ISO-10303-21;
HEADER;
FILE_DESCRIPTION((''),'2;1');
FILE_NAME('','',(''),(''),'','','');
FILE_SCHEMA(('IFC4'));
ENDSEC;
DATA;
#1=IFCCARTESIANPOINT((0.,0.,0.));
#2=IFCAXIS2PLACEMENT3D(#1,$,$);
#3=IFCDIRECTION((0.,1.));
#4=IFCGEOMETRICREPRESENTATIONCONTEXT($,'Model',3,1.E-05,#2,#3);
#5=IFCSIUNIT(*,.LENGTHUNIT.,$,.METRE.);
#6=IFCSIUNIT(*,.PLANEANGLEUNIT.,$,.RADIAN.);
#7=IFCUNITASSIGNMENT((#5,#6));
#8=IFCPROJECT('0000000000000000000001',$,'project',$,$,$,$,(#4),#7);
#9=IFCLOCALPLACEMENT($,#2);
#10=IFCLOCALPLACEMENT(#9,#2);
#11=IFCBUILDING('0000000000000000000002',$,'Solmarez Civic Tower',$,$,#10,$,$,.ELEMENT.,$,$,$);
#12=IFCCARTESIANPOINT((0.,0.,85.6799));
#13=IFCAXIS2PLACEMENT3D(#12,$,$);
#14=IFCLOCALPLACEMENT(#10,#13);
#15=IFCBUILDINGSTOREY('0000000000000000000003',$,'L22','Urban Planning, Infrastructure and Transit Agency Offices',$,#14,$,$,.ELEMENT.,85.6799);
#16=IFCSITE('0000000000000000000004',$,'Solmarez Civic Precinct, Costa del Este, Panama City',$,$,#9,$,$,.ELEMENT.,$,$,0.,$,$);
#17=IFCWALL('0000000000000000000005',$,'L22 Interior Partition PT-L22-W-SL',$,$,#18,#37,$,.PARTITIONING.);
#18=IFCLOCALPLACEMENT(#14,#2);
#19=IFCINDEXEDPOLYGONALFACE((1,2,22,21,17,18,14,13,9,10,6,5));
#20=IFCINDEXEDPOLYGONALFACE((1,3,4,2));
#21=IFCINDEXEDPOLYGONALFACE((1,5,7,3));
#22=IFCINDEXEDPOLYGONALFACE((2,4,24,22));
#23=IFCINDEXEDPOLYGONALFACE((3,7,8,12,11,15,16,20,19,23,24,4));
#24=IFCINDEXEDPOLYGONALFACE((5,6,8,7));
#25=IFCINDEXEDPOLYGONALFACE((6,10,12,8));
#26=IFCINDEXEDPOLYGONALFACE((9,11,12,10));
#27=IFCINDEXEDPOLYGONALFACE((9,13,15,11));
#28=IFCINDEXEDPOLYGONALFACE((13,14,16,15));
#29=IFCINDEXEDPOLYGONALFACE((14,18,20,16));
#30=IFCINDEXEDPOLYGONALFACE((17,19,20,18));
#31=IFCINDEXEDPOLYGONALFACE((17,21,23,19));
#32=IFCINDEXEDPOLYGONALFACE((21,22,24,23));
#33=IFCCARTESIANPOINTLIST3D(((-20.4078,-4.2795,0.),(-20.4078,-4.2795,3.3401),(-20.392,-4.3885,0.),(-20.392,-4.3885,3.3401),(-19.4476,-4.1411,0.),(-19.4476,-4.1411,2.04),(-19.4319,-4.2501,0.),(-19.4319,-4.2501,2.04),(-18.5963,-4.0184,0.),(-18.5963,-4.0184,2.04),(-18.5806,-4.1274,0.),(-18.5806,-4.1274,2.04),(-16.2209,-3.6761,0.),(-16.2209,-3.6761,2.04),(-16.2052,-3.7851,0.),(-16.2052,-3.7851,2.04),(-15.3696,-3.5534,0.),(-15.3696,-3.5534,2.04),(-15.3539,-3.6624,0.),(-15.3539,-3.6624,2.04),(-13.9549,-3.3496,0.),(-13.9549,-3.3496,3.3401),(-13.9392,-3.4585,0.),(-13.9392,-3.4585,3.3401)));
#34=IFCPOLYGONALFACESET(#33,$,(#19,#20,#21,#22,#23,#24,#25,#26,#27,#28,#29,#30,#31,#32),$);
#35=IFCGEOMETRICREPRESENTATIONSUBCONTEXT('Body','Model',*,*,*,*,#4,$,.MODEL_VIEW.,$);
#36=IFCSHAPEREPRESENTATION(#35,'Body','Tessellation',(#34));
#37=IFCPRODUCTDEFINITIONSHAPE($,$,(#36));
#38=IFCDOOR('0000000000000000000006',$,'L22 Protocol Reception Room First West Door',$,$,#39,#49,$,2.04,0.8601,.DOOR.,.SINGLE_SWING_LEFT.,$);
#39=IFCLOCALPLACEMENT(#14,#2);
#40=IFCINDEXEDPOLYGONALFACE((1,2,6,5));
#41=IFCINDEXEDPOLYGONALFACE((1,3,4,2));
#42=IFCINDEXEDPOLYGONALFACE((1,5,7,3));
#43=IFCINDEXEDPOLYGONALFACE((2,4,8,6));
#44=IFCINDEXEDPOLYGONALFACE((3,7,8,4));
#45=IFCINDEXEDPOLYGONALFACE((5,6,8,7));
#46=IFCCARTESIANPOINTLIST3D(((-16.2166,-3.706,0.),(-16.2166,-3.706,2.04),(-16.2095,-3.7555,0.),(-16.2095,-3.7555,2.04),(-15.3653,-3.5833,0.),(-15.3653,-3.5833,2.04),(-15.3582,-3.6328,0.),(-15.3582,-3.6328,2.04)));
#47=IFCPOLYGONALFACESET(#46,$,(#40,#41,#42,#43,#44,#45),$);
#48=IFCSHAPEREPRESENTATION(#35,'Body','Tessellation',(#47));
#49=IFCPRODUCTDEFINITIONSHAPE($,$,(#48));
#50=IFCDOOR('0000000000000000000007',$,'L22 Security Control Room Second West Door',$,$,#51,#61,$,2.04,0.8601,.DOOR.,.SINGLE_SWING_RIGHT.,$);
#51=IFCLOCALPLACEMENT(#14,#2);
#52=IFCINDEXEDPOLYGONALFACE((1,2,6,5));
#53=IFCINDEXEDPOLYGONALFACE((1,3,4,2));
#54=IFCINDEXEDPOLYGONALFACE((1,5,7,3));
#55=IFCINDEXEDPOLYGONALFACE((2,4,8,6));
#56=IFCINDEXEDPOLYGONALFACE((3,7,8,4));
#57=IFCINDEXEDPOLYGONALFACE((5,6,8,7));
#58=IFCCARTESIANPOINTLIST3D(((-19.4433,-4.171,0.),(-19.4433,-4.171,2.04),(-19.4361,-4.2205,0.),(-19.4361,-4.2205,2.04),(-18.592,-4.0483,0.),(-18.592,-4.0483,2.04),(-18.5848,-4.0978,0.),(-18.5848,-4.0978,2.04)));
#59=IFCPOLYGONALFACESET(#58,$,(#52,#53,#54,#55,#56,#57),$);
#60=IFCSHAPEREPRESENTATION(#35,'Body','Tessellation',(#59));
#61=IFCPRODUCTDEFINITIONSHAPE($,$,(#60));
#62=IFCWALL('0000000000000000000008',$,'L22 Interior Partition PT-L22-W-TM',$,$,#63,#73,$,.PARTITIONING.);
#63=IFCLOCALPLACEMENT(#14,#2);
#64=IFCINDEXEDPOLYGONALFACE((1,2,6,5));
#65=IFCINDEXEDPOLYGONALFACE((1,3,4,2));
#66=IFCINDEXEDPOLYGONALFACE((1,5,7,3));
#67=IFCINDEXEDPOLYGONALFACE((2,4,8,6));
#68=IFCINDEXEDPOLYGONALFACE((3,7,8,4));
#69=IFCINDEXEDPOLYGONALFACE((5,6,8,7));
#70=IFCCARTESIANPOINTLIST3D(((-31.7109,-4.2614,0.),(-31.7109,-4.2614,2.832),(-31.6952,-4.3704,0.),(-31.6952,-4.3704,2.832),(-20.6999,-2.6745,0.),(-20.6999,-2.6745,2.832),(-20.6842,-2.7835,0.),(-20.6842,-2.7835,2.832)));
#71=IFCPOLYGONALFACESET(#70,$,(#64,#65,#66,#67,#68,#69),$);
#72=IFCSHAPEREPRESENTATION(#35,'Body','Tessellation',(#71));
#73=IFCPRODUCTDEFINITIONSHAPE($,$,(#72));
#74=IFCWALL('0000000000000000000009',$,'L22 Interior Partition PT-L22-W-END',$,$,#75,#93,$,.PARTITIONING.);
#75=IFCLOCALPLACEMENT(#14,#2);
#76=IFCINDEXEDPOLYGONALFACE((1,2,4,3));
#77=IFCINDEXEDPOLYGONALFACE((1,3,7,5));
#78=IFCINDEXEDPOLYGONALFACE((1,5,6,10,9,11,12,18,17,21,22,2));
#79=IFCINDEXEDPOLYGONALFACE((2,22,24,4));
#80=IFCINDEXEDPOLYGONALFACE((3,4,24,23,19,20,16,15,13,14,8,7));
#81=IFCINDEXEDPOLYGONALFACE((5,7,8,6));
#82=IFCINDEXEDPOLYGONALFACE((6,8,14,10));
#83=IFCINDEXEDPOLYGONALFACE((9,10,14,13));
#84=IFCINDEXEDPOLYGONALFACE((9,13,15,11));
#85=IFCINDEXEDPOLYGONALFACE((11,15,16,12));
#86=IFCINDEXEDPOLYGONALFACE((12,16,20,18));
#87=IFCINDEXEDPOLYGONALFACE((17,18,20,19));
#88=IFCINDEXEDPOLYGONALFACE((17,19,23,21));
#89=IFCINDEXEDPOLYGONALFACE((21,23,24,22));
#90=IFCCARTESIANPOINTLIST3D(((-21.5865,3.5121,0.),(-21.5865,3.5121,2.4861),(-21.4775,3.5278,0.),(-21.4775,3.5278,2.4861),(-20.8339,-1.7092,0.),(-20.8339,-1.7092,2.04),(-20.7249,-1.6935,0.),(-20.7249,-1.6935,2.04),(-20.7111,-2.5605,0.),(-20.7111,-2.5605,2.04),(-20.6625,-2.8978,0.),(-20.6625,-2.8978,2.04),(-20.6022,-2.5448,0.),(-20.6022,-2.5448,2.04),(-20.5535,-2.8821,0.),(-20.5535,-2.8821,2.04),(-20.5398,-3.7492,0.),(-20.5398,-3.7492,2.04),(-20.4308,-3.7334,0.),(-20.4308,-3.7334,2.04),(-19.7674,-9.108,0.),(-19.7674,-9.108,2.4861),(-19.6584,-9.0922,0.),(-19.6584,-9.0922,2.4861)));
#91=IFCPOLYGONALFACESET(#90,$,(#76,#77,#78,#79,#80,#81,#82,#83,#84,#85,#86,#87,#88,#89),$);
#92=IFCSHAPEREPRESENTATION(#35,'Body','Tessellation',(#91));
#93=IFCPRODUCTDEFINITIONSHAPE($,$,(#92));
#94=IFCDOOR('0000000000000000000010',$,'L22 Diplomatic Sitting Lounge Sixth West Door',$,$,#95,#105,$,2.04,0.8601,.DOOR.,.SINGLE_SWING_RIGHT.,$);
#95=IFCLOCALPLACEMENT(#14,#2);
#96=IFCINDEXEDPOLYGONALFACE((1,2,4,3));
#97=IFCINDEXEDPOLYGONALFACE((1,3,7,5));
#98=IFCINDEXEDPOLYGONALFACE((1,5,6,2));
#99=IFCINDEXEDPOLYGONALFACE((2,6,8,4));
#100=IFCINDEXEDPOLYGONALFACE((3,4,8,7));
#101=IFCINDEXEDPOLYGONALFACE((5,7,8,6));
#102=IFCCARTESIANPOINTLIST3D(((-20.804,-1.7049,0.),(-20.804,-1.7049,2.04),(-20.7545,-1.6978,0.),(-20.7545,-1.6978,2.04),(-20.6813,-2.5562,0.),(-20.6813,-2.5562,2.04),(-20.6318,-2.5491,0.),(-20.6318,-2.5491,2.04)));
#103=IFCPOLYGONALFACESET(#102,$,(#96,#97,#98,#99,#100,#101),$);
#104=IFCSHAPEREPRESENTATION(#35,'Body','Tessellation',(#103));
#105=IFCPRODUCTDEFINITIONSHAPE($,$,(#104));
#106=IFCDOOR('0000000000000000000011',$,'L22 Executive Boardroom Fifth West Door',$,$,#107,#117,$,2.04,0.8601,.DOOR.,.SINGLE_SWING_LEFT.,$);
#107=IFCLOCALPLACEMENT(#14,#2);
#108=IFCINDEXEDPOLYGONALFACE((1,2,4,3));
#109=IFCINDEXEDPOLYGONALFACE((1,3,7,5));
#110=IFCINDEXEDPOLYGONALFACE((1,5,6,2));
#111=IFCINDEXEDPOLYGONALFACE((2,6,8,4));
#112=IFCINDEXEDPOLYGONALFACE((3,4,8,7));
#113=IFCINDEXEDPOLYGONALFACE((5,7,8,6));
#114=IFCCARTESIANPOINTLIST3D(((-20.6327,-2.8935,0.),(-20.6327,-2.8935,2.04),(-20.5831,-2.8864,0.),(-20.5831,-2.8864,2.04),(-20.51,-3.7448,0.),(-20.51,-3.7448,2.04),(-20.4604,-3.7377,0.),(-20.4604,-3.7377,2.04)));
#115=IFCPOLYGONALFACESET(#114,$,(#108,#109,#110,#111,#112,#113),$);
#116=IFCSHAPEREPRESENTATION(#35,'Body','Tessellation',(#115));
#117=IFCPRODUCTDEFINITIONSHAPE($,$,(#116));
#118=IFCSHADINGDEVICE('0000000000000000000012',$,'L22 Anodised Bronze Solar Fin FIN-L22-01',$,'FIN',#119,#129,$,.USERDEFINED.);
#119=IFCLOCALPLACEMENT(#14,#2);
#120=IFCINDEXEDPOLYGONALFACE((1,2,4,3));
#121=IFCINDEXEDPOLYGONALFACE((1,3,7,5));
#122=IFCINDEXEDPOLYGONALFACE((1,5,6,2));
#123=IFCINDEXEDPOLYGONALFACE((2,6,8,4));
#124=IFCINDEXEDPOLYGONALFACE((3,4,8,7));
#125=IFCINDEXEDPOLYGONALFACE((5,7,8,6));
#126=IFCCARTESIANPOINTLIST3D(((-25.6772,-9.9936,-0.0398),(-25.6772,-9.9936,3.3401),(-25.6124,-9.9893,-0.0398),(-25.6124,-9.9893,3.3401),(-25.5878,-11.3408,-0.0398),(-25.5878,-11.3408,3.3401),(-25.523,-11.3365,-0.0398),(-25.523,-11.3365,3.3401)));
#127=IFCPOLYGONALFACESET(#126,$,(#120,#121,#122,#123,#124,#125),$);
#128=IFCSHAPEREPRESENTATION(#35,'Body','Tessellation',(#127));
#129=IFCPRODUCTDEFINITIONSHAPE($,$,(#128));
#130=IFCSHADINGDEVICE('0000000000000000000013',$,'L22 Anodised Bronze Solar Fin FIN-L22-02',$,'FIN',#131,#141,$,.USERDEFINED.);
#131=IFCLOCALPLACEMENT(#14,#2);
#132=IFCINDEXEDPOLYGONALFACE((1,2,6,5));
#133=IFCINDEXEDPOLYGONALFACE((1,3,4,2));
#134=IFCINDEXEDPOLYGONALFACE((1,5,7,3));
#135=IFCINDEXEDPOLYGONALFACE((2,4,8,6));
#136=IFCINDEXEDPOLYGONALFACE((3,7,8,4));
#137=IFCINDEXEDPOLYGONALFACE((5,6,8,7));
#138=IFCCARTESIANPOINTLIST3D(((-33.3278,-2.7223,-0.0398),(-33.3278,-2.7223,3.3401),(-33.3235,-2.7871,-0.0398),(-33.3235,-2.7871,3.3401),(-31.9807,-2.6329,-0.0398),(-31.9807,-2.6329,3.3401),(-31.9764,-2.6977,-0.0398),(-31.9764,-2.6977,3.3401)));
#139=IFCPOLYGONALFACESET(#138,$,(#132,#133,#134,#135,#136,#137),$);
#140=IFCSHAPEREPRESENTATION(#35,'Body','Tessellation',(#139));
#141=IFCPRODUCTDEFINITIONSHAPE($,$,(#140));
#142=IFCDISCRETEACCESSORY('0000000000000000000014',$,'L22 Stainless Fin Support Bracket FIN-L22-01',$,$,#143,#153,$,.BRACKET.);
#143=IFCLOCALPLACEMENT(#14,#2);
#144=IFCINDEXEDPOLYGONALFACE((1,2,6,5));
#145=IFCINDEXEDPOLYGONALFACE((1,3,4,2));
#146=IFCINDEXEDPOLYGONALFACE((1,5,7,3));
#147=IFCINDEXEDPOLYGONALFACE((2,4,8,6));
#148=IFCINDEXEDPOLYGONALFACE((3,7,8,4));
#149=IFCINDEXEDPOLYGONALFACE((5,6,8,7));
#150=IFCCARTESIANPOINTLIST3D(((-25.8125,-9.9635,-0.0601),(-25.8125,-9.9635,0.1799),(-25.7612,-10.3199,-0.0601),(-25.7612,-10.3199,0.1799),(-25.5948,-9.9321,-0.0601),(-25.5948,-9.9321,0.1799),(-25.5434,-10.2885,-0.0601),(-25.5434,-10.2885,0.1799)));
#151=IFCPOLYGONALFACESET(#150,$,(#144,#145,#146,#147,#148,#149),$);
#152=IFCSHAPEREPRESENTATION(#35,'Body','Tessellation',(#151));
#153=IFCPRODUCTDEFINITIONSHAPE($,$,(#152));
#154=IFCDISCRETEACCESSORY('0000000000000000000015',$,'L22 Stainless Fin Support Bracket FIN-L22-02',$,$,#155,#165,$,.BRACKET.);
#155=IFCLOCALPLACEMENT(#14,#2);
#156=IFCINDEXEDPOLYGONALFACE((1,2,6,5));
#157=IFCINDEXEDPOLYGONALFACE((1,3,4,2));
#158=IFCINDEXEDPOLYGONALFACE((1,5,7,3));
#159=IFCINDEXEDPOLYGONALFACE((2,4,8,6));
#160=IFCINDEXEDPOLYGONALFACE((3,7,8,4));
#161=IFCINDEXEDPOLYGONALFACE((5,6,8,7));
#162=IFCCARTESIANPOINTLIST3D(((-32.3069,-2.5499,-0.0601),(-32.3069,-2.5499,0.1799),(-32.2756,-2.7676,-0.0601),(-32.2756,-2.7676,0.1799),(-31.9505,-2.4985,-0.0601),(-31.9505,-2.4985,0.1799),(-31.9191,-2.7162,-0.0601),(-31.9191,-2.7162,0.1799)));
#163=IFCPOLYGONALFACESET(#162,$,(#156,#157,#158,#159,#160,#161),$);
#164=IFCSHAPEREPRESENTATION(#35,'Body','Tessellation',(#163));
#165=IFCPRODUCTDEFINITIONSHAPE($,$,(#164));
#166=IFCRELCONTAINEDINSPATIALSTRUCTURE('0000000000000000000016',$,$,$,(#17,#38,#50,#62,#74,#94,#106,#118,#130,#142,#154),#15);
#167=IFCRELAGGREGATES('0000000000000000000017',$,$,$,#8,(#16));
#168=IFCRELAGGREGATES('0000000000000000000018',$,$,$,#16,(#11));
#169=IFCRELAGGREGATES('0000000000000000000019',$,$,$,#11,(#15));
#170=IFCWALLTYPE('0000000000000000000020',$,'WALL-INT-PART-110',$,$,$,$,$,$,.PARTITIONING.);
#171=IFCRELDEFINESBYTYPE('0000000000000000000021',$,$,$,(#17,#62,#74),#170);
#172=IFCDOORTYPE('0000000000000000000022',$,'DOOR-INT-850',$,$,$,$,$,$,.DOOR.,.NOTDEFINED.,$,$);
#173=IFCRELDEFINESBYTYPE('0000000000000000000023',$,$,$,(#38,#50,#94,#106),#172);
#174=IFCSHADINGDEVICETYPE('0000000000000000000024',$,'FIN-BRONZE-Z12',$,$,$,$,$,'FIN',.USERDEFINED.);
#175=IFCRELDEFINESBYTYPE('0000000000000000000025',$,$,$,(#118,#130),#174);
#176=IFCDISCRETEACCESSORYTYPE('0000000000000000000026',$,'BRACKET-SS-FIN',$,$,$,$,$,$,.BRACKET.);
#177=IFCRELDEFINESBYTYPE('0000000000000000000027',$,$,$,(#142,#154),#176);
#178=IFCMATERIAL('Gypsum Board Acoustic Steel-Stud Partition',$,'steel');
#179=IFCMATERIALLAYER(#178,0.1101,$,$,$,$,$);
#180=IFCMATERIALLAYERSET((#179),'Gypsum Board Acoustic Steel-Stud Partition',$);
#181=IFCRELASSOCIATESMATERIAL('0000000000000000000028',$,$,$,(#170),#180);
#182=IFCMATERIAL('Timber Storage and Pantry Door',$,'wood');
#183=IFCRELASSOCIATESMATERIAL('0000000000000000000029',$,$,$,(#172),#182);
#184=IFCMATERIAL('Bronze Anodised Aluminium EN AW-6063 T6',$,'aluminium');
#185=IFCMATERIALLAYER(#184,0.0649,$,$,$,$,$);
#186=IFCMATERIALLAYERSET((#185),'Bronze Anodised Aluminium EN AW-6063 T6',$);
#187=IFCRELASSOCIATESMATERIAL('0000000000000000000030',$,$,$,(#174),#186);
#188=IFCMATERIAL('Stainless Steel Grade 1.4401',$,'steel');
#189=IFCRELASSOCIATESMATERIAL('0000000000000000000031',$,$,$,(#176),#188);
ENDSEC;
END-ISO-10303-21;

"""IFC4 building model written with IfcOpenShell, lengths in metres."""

from ifc_helpers import new_model, si_unit, direction, frame, frame_2d, origin, origin_2d, place, context, subcontext, project, spatial, rectangle, extrude, material, layer, layer_set, type_object, element, fill, save


model = new_model("IFC4")

# Units and contexts
model_context = context("Model", 3, precision=1e-05, world=origin(), true_north=direction((0.0, 1.0)))
body_context = subcontext(model_context, "Body", "Model", "MODEL_VIEW")
ifc_project = project(units=[si_unit("LENGTHUNIT", "METRE"), si_unit("PLANEANGLEUNIT", "RADIAN")], contexts=[model_context])

# Site, building, storey
site_placement = place(None, origin())
site = spatial("IfcSite", under=ifc_project, at=site_placement, Name="Solmarez Civic Precinct, Costa del Este, Panama City", CompositionType="ELEMENT", RefElevation=0.0)
building_placement = place(site_placement, origin())
building = spatial("IfcBuilding", under=site, at=building_placement, Name="Solmarez Civic Tower", CompositionType="ELEMENT")
storey_placement = place(building_placement, frame((0.0, 0.0, 85.6799)))
storey = spatial("IfcBuildingStorey", under=building, at=storey_placement, Name="L22", Description="Urban Planning, Infrastructure and Transit Agency Offices", CompositionType="ELEMENT", Elevation=85.6799)

# Shared definitions
ifc_material_1 = material(Name="Gypsum Board Acoustic Steel-Stud Partition", Category="steel")
ifc_layer_1 = layer(ifc_material_1, 0.1101)
ifc_layer_set_1 = layer_set([ifc_layer_1], Name="Gypsum Board Acoustic Steel-Stud Partition")
wall_type_1 = type_object("IfcWallType", Name="WALL-INT-PART-110", PredefinedType="PARTITIONING", material=ifc_layer_set_1)

# Wall, openings, doors
wall_1_placement = place(storey_placement, frame((-20.3999, -4.334, 0.0), z_axis=(0.0, 0.0, 1.0), x_axis=(0.989775, 0.142638, 0.0)))
wall_1 = element("IfcWall", 1, at=wall_1_placement, inside=storey, type_object=wall_type_1, Name="L22 Interior Partition PT-L22-W-SL", PredefinedType="PARTITIONING", context=body_context, shape_type="SweptSolid", body=[
    extrude(rectangle(XDim=6.5195, YDim=0.1101, at=frame_2d((3.2598, 0.0))), origin(), (0.0, 0.0, 1.0), 3.3401),
])
opening_1_placement = place(wall_1_placement, frame((4.23, 0.0, 0.0)))
opening_1 = element("IfcOpeningElement", 2, at=opening_1_placement, cuts=wall_1, PredefinedType="OPENING", context=body_context, shape_type="SweptSolid", body=[
    extrude(rectangle(XDim=0.8601, YDim=2.04, at=frame_2d((0.4302, 1.02))), frame((0.0, 0.0649, 0.0), z_axis=(0.0, -1.0, 0.0), x_axis=(1.0, 0.0, 0.0)), (0.0, 0.0, 1.0), 0.1301),
])
opening_2_placement = place(wall_1_placement, frame((0.97, 0.0, 0.0)))
opening_2 = element("IfcOpeningElement", 3, at=opening_2_placement, cuts=wall_1, PredefinedType="OPENING", context=body_context, shape_type="SweptSolid", body=[
    extrude(rectangle(XDim=0.8601, YDim=2.04, at=frame_2d((0.4302, 1.02))), frame((0.0, 0.0649, 0.0), z_axis=(0.0, -1.0, 0.0), x_axis=(1.0, 0.0, 0.0)), (0.0, 0.0, 1.0), 0.1301),
])
ifc_material_2 = material(Name="Timber Storage and Pantry Door", Category="wood")
door_type = type_object("IfcDoorType", Name="DOOR-INT-850", OperationType="NOTDEFINED", PredefinedType="DOOR", material=ifc_material_2)
door_1_placement = place(opening_1_placement, origin())
door_1 = element("IfcDoor", 4, at=door_1_placement, inside=storey, type_object=door_type, Name="L22 Protocol Reception Room First West Door", OperationType="SINGLE_SWING_LEFT", OverallHeight=2.04, OverallWidth=0.8601, PredefinedType="DOOR", context=body_context, shape_type="SweptSolid", body=[
    extrude(rectangle(XDim=0.8601, YDim=2.04, at=frame_2d((0.4302, 1.02))), frame((0.0, 0.0249, 0.0), z_axis=(0.0, -1.0, 0.0), x_axis=(1.0, 0.0, 0.0)), (0.0, 0.0, 1.0), 0.05),
])
fill(opening_1, door_1)
door_2_placement = place(opening_2_placement, origin())
door_2 = element("IfcDoor", 5, at=door_2_placement, inside=storey, type_object=door_type, Name="L22 Security Control Room Second West Door", OperationType="SINGLE_SWING_RIGHT", OverallHeight=2.04, OverallWidth=0.8601, PredefinedType="DOOR", context=body_context, shape_type="SweptSolid", body=[
    extrude(rectangle(XDim=0.8601, YDim=2.04, at=frame_2d((0.4302, 1.02))), frame((0.0, 0.0249, 0.0), z_axis=(0.0, -1.0, 0.0), x_axis=(1.0, 0.0, 0.0)), (0.0, 0.0, 1.0), 0.05),
])
fill(opening_2, door_2)

# Wall
wall_2_placement = place(storey_placement, frame((-20.6919, -2.729, 0.0), z_axis=(0.0, 0.0, 1.0), x_axis=(-0.989774, -0.142647, 0.0)))
element("IfcWall", 6, at=wall_2_placement, inside=storey, type_object=wall_type_1, Name="L22 Interior Partition PT-L22-W-TM", PredefinedType="PARTITIONING", context=body_context, shape_type="SweptSolid", body=[
    extrude(rectangle(XDim=11.1248, YDim=0.1101, at=frame_2d((5.5625, 0.0))), origin(), (0.0, 0.0, 1.0), 2.832),
])

# Wall, openings, doors
wall_3_placement = place(storey_placement, frame((-19.7129, -9.1001, 0.0), z_axis=(0.0, 0.0, 1.0), x_axis=(-0.142668, 0.989771, 0.0)))
wall_3 = element("IfcWall", 7, at=wall_3_placement, inside=storey, type_object=wall_type_1, Name="L22 Interior Partition PT-L22-W-END", PredefinedType="PARTITIONING", context=body_context, shape_type="SweptSolid", body=[
    extrude(rectangle(XDim=12.7505, YDim=0.1101, at=frame_2d((6.3752, 0.0))), origin(), (0.0, 0.0, 1.0), 2.4861),
])
opening_3_placement = place(wall_3_placement, frame((6.615, 0.0, 0.0)))
opening_3 = element("IfcOpeningElement", 8, at=opening_3_placement, cuts=wall_3, PredefinedType="OPENING", context=body_context, shape_type="SweptSolid", body=[
    extrude(rectangle(XDim=0.8601, YDim=2.04, at=frame_2d((0.4302, 1.02))), frame((0.0, 0.0649, 0.0), z_axis=(0.0, -1.0, 0.0), x_axis=(1.0, 0.0, 0.0)), (0.0, 0.0, 1.0), 0.1301),
])
opening_4_placement = place(wall_3_placement, frame((5.4141, 0.0, 0.0)))
opening_4 = element("IfcOpeningElement", 9, at=opening_4_placement, cuts=wall_3, PredefinedType="OPENING", context=body_context, shape_type="SweptSolid", body=[
    extrude(rectangle(XDim=0.8601, YDim=2.04, at=frame_2d((0.4302, 1.02))), frame((0.0, 0.0649, 0.0), z_axis=(0.0, -1.0, 0.0), x_axis=(1.0, 0.0, 0.0)), (0.0, 0.0, 1.0), 0.1301),
])
door_3_placement = place(opening_3_placement, origin())
door_3 = element("IfcDoor", 10, at=door_3_placement, inside=storey, type_object=door_type, Name="L22 Diplomatic Sitting Lounge Sixth West Door", OperationType="SINGLE_SWING_RIGHT", OverallHeight=2.04, OverallWidth=0.8601, PredefinedType="DOOR", context=body_context, shape_type="SweptSolid", body=[
    extrude(rectangle(XDim=0.8601, YDim=2.04, at=frame_2d((0.4302, 1.02))), frame((0.0, 0.0249, 0.0), z_axis=(0.0, -1.0, 0.0), x_axis=(1.0, 0.0, 0.0)), (0.0, 0.0, 1.0), 0.05),
])
fill(opening_3, door_3)
door_4_placement = place(opening_4_placement, origin())
door_4 = element("IfcDoor", 11, at=door_4_placement, inside=storey, type_object=door_type, Name="L22 Executive Boardroom Fifth West Door", OperationType="SINGLE_SWING_LEFT", OverallHeight=2.04, OverallWidth=0.8601, PredefinedType="DOOR", context=body_context, shape_type="SweptSolid", body=[
    extrude(rectangle(XDim=0.8601, YDim=2.04, at=frame_2d((0.4302, 1.02))), frame((0.0, 0.0249, 0.0), z_axis=(0.0, -1.0, 0.0), x_axis=(1.0, 0.0, 0.0)), (0.0, 0.0, 1.0), 0.05),
])
fill(opening_4, door_4)

# Shading devices
ifc_material_3 = material(Name="Bronze Anodised Aluminium EN AW-6063 T6", Category="aluminium")
ifc_layer_2 = layer(ifc_material_3, 0.0649)
ifc_layer_set_2 = layer_set([ifc_layer_2], Name="Bronze Anodised Aluminium EN AW-6063 T6")
shading_device_type = type_object("IfcShadingDeviceType", Name="FIN-BRONZE-Z12", ElementType="FIN", PredefinedType="USERDEFINED", material=ifc_layer_set_2)
for number, where, z_axis, x_axis, name in (
    (12, (-25.6001, -10.665, -0.0398), (0.0, 0.0, 1.0), (0.066222, -0.997805, 0.0), "L22 Anodised Bronze Solar Fin FIN-L22-01"),
    (13, (-32.6521, -2.71, -0.0398), (0.0, 0.0, 1.0), (-0.997806, -0.066204, 0.0), "L22 Anodised Bronze Solar Fin FIN-L22-02"),
):
    element("IfcShadingDevice", number, at=place(storey_placement, frame(where, z_axis=z_axis, x_axis=x_axis)), inside=storey, type_object=shading_device_type, Name=name, ObjectType="FIN", PredefinedType="USERDEFINED", context=body_context, shape_type="SweptSolid", body=[
        extrude(rectangle(XDim=1.3501, YDim=0.0649, at=origin_2d()), origin(), (0.0, 0.0, 1.0), 3.3799),
    ])

# Discrete accessories
ifc_material_4 = material(Name="Stainless Steel Grade 1.4401", Category="steel")
discrete_accessory_type = type_object("IfcDiscreteAccessoryType", Name="BRACKET-SS-FIN", PredefinedType="BRACKET", material=ifc_material_4)
for number, where, z_axis, x_axis, name in (
    (14, (-25.678, -10.126, -0.0601), (0.0, 0.0, 1.0), (0.142626, -0.989777, 0.0), "L22 Stainless Fin Support Bracket FIN-L22-01"),
    (15, (-32.113, -2.6331, -0.0601), (0.0, 0.0, 1.0), (-0.989778, -0.14262, 0.0), "L22 Stainless Fin Support Bracket FIN-L22-02"),
):
    element("IfcDiscreteAccessory", number, at=place(storey_placement, frame(where, z_axis=z_axis, x_axis=x_axis)), inside=storey, type_object=discrete_accessory_type, Name=name, PredefinedType="BRACKET", context=body_context, shape_type="SweptSolid", body=[
        extrude(rectangle(XDim=0.3601, YDim=0.22, at=origin_2d()), origin(), (0.0, 0.0, 1.0), 0.24),
    ])

save(model, "model.ifc")
